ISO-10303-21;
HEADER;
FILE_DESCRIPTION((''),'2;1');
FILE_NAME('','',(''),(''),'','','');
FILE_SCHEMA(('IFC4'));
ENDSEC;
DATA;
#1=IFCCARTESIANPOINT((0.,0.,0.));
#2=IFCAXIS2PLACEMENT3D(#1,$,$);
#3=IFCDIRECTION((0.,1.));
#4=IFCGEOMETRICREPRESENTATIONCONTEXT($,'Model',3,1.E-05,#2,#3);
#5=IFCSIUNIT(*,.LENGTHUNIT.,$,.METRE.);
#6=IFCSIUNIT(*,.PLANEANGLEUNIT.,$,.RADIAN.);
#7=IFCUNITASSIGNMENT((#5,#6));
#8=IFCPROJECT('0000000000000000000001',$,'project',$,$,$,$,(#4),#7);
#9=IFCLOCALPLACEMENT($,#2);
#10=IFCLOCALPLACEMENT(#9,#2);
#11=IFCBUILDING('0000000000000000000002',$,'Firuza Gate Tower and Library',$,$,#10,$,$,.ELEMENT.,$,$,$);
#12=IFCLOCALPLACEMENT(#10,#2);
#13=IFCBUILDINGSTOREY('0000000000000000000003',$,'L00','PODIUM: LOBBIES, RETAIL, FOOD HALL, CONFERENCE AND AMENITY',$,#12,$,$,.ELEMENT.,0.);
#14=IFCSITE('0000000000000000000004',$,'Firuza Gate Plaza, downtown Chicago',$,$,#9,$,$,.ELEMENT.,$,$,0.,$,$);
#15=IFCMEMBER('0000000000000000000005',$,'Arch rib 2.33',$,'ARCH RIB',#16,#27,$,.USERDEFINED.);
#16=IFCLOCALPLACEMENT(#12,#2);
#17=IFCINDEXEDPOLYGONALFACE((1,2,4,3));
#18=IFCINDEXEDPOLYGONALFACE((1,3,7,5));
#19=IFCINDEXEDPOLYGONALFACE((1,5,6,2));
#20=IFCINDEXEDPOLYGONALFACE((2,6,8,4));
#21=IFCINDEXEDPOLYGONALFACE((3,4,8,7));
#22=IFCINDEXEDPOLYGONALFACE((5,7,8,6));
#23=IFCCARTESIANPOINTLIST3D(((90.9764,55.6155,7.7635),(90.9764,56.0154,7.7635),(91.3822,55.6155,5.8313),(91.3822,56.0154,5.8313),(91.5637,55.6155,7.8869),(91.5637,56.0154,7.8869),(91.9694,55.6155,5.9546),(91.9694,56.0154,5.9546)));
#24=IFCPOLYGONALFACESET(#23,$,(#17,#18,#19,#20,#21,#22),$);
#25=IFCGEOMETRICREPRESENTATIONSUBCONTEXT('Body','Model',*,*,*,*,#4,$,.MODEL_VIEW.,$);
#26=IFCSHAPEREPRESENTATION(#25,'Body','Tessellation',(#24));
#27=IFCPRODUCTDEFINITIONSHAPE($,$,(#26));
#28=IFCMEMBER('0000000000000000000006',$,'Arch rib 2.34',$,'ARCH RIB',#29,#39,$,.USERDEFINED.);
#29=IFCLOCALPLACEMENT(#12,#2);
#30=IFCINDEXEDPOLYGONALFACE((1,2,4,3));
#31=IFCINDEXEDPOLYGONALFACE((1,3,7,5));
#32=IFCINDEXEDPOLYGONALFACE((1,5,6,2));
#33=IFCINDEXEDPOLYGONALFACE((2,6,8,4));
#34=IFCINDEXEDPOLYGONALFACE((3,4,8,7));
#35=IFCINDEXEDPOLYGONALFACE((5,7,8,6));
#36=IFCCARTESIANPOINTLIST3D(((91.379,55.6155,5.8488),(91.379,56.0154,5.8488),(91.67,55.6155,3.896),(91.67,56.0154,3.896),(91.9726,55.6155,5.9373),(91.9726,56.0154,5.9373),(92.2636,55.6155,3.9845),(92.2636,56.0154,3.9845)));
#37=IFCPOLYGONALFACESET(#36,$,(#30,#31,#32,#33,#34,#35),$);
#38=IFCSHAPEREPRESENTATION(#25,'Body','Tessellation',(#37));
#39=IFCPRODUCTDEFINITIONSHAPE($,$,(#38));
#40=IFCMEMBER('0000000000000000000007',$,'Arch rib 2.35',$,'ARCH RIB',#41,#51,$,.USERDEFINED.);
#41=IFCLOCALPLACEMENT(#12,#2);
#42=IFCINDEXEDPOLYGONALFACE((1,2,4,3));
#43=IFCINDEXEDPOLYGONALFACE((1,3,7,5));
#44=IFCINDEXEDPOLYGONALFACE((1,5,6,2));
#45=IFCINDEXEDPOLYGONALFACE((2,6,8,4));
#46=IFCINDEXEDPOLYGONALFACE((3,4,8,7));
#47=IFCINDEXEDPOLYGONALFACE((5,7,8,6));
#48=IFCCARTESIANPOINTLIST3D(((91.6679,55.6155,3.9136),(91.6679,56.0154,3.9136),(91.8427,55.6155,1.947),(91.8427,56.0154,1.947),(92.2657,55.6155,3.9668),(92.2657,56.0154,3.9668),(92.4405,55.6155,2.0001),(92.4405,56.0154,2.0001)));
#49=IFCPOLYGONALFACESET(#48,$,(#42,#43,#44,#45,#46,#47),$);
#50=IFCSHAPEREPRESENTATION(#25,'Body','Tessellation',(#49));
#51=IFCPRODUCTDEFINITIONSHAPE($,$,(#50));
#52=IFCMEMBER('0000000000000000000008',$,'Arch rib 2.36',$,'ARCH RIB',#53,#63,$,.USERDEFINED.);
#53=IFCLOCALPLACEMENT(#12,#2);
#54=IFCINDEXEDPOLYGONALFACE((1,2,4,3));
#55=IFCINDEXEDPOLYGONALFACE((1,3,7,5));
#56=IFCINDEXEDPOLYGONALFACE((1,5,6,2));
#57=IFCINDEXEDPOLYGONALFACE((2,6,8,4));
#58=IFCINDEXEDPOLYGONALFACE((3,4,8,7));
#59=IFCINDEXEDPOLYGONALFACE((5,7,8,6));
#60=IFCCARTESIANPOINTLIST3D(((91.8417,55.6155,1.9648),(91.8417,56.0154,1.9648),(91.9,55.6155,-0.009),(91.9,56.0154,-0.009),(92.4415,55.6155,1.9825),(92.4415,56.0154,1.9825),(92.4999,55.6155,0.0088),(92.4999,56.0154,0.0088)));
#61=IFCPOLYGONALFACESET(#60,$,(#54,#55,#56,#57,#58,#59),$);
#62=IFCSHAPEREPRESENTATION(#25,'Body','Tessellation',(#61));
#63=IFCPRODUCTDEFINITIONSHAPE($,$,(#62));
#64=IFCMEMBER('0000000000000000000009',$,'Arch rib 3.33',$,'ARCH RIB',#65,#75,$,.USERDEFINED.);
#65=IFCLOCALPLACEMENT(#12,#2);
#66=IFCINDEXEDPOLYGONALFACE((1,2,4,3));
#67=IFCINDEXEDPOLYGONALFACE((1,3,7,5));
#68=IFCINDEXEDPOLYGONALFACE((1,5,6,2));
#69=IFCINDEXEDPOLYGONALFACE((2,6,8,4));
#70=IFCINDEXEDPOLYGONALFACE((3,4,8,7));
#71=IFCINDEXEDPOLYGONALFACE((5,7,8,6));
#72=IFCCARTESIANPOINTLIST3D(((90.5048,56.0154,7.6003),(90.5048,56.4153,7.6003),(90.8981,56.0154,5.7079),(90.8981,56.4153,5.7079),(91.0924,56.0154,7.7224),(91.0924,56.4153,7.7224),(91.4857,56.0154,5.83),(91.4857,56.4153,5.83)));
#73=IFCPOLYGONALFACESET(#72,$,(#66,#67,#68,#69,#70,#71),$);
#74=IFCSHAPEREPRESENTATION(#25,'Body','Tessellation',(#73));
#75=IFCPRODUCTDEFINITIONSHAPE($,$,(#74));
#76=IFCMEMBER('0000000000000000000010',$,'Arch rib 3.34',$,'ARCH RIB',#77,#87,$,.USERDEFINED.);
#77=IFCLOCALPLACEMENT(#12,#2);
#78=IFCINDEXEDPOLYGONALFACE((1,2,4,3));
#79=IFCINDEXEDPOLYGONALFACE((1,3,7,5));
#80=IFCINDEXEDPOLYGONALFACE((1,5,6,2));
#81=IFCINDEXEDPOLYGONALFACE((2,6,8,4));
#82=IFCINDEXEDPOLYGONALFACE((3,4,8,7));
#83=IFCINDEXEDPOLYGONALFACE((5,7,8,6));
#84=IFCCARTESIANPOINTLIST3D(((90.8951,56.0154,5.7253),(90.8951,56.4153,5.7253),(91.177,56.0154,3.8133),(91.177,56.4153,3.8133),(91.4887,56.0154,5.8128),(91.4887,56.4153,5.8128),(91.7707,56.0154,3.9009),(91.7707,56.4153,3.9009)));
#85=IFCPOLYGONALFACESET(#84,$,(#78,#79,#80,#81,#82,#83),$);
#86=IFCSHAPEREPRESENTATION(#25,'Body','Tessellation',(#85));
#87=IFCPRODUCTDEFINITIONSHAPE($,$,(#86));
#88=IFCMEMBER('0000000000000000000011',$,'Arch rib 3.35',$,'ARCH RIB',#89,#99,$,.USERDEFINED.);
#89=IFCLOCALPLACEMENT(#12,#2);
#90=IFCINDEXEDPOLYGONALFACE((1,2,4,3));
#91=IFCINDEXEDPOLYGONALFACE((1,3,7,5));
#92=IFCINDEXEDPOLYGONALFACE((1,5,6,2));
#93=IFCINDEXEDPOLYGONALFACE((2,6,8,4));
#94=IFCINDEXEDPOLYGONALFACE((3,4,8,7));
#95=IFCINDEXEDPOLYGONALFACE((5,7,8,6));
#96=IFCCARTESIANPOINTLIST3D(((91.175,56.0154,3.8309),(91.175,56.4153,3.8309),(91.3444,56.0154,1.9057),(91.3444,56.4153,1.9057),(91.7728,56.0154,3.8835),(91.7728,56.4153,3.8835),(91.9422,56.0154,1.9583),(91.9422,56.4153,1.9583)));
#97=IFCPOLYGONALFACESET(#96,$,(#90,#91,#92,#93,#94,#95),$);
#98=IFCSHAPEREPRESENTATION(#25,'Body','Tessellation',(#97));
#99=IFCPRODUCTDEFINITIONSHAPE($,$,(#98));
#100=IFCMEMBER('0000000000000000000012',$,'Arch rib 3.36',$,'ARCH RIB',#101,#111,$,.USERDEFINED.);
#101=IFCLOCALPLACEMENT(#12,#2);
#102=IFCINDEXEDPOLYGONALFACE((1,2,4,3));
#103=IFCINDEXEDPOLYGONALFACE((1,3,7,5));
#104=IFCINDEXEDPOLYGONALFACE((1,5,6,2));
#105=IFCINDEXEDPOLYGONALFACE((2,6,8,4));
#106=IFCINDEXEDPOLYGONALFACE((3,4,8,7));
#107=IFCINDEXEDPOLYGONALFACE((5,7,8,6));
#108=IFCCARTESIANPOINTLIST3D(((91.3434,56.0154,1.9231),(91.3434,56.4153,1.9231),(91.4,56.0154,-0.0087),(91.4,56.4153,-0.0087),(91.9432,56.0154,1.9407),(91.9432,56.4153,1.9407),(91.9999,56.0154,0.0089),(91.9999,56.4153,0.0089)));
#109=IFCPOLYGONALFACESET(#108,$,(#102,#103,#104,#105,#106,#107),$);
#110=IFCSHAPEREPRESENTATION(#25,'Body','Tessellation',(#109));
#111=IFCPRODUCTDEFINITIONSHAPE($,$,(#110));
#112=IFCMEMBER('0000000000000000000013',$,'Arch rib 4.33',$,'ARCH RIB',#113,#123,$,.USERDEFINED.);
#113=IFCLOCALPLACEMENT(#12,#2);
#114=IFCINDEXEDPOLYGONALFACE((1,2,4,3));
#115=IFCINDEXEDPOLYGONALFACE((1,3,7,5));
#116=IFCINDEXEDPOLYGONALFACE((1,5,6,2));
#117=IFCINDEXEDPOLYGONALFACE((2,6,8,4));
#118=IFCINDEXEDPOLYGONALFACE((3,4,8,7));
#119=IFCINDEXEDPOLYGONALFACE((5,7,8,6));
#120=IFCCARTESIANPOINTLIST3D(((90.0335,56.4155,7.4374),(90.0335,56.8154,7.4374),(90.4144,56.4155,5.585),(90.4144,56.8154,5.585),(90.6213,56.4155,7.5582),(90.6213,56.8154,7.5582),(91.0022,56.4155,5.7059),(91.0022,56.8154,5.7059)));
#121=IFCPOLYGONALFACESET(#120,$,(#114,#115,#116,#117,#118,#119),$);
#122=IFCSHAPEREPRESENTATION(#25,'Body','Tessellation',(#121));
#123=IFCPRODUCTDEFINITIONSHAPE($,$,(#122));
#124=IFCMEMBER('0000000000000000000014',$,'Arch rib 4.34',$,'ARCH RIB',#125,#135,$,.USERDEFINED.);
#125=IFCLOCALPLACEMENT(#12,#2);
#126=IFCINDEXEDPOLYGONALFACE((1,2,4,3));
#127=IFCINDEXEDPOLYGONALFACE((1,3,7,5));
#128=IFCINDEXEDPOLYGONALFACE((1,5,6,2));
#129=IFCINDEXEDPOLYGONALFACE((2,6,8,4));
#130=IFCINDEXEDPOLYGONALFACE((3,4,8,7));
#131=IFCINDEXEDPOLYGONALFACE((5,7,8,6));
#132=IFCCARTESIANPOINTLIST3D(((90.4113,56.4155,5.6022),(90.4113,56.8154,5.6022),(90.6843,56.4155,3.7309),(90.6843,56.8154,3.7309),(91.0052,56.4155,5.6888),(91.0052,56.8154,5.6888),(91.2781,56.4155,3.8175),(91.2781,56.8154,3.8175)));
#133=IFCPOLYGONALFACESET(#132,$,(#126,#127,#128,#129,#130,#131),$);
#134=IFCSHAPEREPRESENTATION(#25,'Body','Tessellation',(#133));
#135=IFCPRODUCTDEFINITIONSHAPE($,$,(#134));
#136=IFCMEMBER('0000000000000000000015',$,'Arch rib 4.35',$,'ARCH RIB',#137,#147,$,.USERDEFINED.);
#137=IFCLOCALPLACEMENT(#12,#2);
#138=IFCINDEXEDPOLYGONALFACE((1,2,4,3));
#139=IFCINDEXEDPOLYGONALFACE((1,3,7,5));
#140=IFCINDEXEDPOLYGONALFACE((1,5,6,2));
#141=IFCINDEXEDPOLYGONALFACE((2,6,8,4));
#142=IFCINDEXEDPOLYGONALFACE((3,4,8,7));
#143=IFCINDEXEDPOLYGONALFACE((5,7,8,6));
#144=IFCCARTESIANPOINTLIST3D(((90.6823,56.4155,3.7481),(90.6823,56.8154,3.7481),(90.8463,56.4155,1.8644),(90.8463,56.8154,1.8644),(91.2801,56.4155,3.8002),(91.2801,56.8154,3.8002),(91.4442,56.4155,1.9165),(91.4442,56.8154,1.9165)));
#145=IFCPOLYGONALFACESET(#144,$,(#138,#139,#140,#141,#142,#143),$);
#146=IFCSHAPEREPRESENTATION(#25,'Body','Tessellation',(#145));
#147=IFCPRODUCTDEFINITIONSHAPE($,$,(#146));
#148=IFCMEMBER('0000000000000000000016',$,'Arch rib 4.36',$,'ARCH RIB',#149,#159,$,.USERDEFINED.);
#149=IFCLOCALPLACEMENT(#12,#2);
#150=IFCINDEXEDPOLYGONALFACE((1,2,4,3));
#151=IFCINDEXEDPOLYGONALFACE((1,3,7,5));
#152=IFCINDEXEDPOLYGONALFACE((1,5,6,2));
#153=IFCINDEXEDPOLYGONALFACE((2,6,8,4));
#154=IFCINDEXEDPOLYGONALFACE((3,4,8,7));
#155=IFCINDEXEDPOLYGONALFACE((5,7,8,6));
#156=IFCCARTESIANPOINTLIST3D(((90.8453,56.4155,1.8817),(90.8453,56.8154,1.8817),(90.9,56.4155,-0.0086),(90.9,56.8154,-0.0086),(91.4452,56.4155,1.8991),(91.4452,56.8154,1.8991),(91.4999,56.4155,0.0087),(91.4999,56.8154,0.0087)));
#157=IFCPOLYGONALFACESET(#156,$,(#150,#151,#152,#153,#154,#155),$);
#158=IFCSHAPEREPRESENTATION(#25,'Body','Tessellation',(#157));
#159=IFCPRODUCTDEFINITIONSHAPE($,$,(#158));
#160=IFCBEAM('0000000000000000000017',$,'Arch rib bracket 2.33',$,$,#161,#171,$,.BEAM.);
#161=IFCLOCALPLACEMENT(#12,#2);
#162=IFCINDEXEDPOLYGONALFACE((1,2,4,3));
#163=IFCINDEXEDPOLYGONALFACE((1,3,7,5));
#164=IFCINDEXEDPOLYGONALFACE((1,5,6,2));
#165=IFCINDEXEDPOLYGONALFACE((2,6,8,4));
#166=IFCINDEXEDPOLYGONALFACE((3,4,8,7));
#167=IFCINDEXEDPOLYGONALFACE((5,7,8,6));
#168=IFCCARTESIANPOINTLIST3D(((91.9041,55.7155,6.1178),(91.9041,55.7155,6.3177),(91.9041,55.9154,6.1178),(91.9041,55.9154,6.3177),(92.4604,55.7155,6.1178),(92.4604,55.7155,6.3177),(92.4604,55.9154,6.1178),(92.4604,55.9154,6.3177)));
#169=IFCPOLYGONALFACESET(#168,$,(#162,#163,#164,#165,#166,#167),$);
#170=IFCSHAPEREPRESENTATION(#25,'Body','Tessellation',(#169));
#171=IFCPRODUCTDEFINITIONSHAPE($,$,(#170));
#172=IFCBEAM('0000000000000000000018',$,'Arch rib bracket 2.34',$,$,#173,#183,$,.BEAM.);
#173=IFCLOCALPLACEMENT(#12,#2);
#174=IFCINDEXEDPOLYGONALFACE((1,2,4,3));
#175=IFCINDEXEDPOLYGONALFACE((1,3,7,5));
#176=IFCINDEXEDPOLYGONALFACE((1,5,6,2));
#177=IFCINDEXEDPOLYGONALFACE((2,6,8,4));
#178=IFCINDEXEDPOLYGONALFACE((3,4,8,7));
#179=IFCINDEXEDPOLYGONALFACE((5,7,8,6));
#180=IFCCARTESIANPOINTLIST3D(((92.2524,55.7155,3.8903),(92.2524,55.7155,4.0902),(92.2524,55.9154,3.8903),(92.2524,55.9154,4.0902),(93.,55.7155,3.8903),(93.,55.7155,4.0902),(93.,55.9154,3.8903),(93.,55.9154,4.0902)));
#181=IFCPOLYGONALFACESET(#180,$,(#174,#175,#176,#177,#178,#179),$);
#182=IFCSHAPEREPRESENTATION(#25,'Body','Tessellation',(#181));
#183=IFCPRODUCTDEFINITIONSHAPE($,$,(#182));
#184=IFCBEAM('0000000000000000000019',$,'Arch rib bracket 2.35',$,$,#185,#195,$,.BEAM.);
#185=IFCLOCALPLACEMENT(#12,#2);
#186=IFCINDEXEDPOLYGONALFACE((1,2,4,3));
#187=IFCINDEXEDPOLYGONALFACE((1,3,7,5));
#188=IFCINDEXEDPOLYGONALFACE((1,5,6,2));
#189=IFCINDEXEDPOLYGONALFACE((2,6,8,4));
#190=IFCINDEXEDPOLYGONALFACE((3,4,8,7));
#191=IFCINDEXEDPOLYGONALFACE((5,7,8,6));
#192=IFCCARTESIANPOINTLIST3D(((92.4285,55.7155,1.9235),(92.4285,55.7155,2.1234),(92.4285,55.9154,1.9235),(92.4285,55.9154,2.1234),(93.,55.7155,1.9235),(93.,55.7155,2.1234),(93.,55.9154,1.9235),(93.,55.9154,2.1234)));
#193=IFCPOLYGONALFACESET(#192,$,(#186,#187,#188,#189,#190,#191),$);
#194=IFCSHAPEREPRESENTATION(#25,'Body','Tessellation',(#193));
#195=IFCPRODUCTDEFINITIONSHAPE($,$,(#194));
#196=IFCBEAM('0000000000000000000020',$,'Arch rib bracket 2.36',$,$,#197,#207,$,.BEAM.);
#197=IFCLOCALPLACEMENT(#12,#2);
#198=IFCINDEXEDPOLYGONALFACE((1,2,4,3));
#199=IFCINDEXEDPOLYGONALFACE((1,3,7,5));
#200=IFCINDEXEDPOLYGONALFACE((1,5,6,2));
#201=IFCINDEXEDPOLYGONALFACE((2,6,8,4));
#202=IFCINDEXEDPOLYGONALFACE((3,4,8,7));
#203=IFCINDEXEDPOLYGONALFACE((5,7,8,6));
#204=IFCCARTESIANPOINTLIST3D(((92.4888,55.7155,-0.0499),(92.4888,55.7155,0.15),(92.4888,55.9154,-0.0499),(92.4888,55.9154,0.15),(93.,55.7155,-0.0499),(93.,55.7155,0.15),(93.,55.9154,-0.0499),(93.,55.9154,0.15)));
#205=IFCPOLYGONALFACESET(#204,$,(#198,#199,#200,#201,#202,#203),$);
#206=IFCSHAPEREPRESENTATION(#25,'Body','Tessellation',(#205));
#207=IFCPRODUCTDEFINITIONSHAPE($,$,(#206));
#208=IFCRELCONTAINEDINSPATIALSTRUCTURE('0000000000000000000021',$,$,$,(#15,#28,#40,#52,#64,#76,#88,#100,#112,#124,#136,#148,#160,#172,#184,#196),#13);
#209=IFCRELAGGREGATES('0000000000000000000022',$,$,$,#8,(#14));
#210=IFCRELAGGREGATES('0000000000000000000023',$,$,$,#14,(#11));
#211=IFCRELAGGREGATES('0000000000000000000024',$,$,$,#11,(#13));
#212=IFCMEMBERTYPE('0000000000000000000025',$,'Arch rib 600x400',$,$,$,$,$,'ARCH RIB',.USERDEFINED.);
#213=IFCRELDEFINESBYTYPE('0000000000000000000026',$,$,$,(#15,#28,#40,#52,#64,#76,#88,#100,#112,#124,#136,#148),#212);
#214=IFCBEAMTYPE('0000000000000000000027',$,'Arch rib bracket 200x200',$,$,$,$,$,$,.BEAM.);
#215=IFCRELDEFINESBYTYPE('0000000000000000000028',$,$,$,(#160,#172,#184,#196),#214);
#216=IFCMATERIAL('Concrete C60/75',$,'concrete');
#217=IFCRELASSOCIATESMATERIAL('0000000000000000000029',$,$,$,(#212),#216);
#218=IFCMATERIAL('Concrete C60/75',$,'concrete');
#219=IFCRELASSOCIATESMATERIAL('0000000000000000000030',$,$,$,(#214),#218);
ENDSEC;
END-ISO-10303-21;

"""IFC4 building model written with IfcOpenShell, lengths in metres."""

from ifc_helpers import new_model, si_unit, direction, frame, origin, origin_2d, place, context, subcontext, project, spatial, rectangle, extrude, material, material_profile, profile_set, type_object, element, save


model = new_model("IFC4")

# Units and contexts
model_context = context("Model", 3, precision=1e-05, world=origin(), true_north=direction((0.0, 1.0)))
body_context = subcontext(model_context, "Body", "Model", "MODEL_VIEW")
ifc_project = project(units=[si_unit("LENGTHUNIT", "METRE"), si_unit("PLANEANGLEUNIT", "RADIAN")], contexts=[model_context])

# Site, building, storey
site_placement = place(None, origin())
site = spatial("IfcSite", under=ifc_project, at=site_placement, Name="Firuza Gate Plaza, downtown Chicago", CompositionType="ELEMENT", RefElevation=0.0)
building_placement = place(site_placement, origin())
building = spatial("IfcBuilding", under=site, at=building_placement, Name="Firuza Gate Tower and Library", CompositionType="ELEMENT")
storey_placement = place(building_placement, origin())
storey = spatial("IfcBuildingStorey", under=building, at=storey_placement, Name="L00", Description="PODIUM: LOBBIES, RETAIL, FOOD HALL, CONFERENCE AND AMENITY", CompositionType="ELEMENT", Elevation=0.0)

# Members
ifc_material_1 = material(Name="Concrete C60/75", Category="concrete")
ifc_material_profile_1 = material_profile(ifc_material_1, rectangle(XDim=0.3999, YDim=0.6001, at=origin_2d()))
ifc_profile_set_1 = profile_set([ifc_material_profile_1], Name="Concrete C60/75")
member_type = type_object("IfcMemberType", Name="Arch rib 600x400", ElementType="ARCH RIB", PredefinedType="USERDEFINED", material=ifc_profile_set_1)
for number, where, z_axis, x_axis, name in (
    (1, (91.27, 55.8154, 7.8252), (0.205524, 0.0, -0.978652), (0.0, 1.0, 0.0), "Arch rib 2.33"),
    (2, (91.6758, 55.8154, 5.8931), (0.147391, 0.0, -0.989078), (0.0, 1.0, 0.0), "Arch rib 2.34"),
    (3, (91.9668, 55.8154, 3.9402), (0.08854, 0.0, -0.996073), (0.0, 1.0, 0.0), "Arch rib 2.35"),
):
    element("IfcMember", number, at=place(storey_placement, frame(where, z_axis=z_axis, x_axis=x_axis)), inside=storey, type_object=member_type, Name=name, ObjectType="ARCH RIB", PredefinedType="USERDEFINED", context=body_context, shape_type="SweptSolid", body=[
        extrude(rectangle(XDim=0.3999, YDim=0.6001, at=origin_2d()), origin(), (0.0, 0.0, 1.0), 1.9744),
    ])
member_1_placement = place(storey_placement, frame((92.1416, 55.8154, 1.9736), z_axis=(0.029552, 0.0, -0.999563), x_axis=(0.0, 1.0, 0.0)))
element("IfcMember", 4, at=member_1_placement, inside=storey, type_object=member_type, Name="Arch rib 2.36", ObjectType="ARCH RIB", PredefinedType="USERDEFINED", context=body_context, shape_type="SweptSolid", body=[
    extrude(rectangle(XDim=0.3999, YDim=0.6001, at=origin_2d()), origin(), (0.0, 0.0, 1.0), 1.9746),
])
member_2_placement = place(storey_placement, frame((90.7986, 56.2153, 7.6614), z_axis=(0.203495, 0.0, -0.979076), x_axis=(0.0, 1.0, 0.0)))
element("IfcMember", 5, at=member_2_placement, inside=storey, type_object=member_type, Name="Arch rib 3.33", ObjectType="ARCH RIB", PredefinedType="USERDEFINED", context=body_context, shape_type="SweptSolid", body=[
    extrude(rectangle(XDim=0.3999, YDim=0.6001, at=origin_2d()), origin(), (0.0, 0.0, 1.0), 1.9329),
])
for number, where, z_axis, x_axis, name in (
    (6, (91.1919, 56.2153, 5.769), (0.145912, 0.0, -0.989298), (0.0, 1.0, 0.0), "Arch rib 3.34"),
    (7, (91.4739, 56.2153, 3.8572), (0.087665, 0.0, -0.99615), (0.0, 1.0, 0.0), "Arch rib 3.35"),
    (8, (91.6433, 56.2153, 1.9319), (0.029306, 0.0, -0.99957), (0.0, 1.0, 0.0), "Arch rib 3.36"),
):
    element("IfcMember", number, at=place(storey_placement, frame(where, z_axis=z_axis, x_axis=x_axis)), inside=storey, type_object=member_type, Name=name, ObjectType="ARCH RIB", PredefinedType="USERDEFINED", context=body_context, shape_type="SweptSolid", body=[
        extrude(rectangle(XDim=0.3999, YDim=0.6001, at=origin_2d()), origin(), (0.0, 0.0, 1.0), 1.9326),
    ])
for number, where, z_axis, x_axis, name in (
    (9, (90.3274, 56.6155, 7.4978), (0.201402, 0.0, -0.979509), (0.0, 1.0, 0.0), "Arch rib 4.33"),
    (10, (90.7083, 56.6155, 5.6455), (0.144331, 0.0, -0.98953), (0.0, 1.0, 0.0), "Arch rib 4.34"),
):
    element("IfcMember", number, at=place(storey_placement, frame(where, z_axis=z_axis, x_axis=x_axis)), inside=storey, type_object=member_type, Name=name, ObjectType="ARCH RIB", PredefinedType="USERDEFINED", context=body_context, shape_type="SweptSolid", body=[
        extrude(rectangle(XDim=0.3999, YDim=0.6001, at=origin_2d()), origin(), (0.0, 0.0, 1.0), 1.8911),
    ])
member_3_placement = place(storey_placement, frame((90.9812, 56.6155, 3.7742), z_axis=(0.086763, 0.0, -0.996229), x_axis=(0.0, 1.0, 0.0)))
element("IfcMember", 11, at=member_3_placement, inside=storey, type_object=member_type, Name="Arch rib 4.35", ObjectType="ARCH RIB", PredefinedType="USERDEFINED", context=body_context, shape_type="SweptSolid", body=[
    extrude(rectangle(XDim=0.3999, YDim=0.6001, at=origin_2d()), origin(), (0.0, 0.0, 1.0), 1.8909),
])
member_4_placement = place(storey_placement, frame((91.1453, 56.6155, 1.8904), z_axis=(0.028917, 0.0, -0.999582), x_axis=(0.0, 1.0, 0.0)))
element("IfcMember", 12, at=member_4_placement, inside=storey, type_object=member_type, Name="Arch rib 4.36", ObjectType="ARCH RIB", PredefinedType="USERDEFINED", context=body_context, shape_type="SweptSolid", body=[
    extrude(rectangle(XDim=0.3999, YDim=0.6001, at=origin_2d()), origin(), (0.0, 0.0, 1.0), 1.8911),
])

# Beams
ifc_material_2 = material(Name="Concrete C60/75", Category="concrete")
ifc_material_profile_2 = material_profile(ifc_material_2, rectangle(XDim=0.2, YDim=0.2, at=origin_2d()))
ifc_profile_set_2 = profile_set([ifc_material_profile_2], Name="Concrete C60/75")
beam_type = type_object("IfcBeamType", Name="Arch rib bracket 200x200", PredefinedType="BEAM", material=ifc_profile_set_2)
beam_1_placement = place(storey_placement, frame((92.4604, 55.8154, 6.2178), z_axis=(-1.0, 0.0, 0.0), x_axis=(0.0, -1.0, 0.0)))
element("IfcBeam", 13, at=beam_1_placement, inside=storey, type_object=beam_type, Name="Arch rib bracket 2.33", PredefinedType="BEAM", context=body_context, shape_type="SweptSolid", body=[
    extrude(rectangle(XDim=0.2, YDim=0.2, at=origin_2d()), origin(), (0.0, 0.0, 1.0), 0.5564),
])
beam_2_placement = place(storey_placement, frame((93.0, 55.8154, 3.9902), z_axis=(-1.0, 0.0, 0.0), x_axis=(0.0, -1.0, 0.0)))
element("IfcBeam", 14, at=beam_2_placement, inside=storey, type_object=beam_type, Name="Arch rib bracket 2.34", PredefinedType="BEAM", context=body_context, shape_type="SweptSolid", body=[
    extrude(rectangle(XDim=0.2, YDim=0.2, at=origin_2d()), origin(), (0.0, 0.0, 1.0), 0.7476),
])
beam_3_placement = place(storey_placement, frame((93.0, 55.8154, 2.0234), z_axis=(-1.0, 0.0, 0.0), x_axis=(0.0, -1.0, 0.0)))
element("IfcBeam", 15, at=beam_3_placement, inside=storey, type_object=beam_type, Name="Arch rib bracket 2.35", PredefinedType="BEAM", context=body_context, shape_type="SweptSolid", body=[
    extrude(rectangle(XDim=0.2, YDim=0.2, at=origin_2d()), origin(), (0.0, 0.0, 1.0), 0.5715),
])
beam_4_placement = place(storey_placement, frame((93.0, 55.8154, 0.05), z_axis=(-1.0, 0.0, 0.0), x_axis=(0.0, -1.0, 0.0)))
element("IfcBeam", 16, at=beam_4_placement, inside=storey, type_object=beam_type, Name="Arch rib bracket 2.36", PredefinedType="BEAM", context=body_context, shape_type="SweptSolid", body=[
    extrude(rectangle(XDim=0.2, YDim=0.2, at=origin_2d()), origin(), (0.0, 0.0, 1.0), 0.5112),
])

save(model, "model.ifc")
